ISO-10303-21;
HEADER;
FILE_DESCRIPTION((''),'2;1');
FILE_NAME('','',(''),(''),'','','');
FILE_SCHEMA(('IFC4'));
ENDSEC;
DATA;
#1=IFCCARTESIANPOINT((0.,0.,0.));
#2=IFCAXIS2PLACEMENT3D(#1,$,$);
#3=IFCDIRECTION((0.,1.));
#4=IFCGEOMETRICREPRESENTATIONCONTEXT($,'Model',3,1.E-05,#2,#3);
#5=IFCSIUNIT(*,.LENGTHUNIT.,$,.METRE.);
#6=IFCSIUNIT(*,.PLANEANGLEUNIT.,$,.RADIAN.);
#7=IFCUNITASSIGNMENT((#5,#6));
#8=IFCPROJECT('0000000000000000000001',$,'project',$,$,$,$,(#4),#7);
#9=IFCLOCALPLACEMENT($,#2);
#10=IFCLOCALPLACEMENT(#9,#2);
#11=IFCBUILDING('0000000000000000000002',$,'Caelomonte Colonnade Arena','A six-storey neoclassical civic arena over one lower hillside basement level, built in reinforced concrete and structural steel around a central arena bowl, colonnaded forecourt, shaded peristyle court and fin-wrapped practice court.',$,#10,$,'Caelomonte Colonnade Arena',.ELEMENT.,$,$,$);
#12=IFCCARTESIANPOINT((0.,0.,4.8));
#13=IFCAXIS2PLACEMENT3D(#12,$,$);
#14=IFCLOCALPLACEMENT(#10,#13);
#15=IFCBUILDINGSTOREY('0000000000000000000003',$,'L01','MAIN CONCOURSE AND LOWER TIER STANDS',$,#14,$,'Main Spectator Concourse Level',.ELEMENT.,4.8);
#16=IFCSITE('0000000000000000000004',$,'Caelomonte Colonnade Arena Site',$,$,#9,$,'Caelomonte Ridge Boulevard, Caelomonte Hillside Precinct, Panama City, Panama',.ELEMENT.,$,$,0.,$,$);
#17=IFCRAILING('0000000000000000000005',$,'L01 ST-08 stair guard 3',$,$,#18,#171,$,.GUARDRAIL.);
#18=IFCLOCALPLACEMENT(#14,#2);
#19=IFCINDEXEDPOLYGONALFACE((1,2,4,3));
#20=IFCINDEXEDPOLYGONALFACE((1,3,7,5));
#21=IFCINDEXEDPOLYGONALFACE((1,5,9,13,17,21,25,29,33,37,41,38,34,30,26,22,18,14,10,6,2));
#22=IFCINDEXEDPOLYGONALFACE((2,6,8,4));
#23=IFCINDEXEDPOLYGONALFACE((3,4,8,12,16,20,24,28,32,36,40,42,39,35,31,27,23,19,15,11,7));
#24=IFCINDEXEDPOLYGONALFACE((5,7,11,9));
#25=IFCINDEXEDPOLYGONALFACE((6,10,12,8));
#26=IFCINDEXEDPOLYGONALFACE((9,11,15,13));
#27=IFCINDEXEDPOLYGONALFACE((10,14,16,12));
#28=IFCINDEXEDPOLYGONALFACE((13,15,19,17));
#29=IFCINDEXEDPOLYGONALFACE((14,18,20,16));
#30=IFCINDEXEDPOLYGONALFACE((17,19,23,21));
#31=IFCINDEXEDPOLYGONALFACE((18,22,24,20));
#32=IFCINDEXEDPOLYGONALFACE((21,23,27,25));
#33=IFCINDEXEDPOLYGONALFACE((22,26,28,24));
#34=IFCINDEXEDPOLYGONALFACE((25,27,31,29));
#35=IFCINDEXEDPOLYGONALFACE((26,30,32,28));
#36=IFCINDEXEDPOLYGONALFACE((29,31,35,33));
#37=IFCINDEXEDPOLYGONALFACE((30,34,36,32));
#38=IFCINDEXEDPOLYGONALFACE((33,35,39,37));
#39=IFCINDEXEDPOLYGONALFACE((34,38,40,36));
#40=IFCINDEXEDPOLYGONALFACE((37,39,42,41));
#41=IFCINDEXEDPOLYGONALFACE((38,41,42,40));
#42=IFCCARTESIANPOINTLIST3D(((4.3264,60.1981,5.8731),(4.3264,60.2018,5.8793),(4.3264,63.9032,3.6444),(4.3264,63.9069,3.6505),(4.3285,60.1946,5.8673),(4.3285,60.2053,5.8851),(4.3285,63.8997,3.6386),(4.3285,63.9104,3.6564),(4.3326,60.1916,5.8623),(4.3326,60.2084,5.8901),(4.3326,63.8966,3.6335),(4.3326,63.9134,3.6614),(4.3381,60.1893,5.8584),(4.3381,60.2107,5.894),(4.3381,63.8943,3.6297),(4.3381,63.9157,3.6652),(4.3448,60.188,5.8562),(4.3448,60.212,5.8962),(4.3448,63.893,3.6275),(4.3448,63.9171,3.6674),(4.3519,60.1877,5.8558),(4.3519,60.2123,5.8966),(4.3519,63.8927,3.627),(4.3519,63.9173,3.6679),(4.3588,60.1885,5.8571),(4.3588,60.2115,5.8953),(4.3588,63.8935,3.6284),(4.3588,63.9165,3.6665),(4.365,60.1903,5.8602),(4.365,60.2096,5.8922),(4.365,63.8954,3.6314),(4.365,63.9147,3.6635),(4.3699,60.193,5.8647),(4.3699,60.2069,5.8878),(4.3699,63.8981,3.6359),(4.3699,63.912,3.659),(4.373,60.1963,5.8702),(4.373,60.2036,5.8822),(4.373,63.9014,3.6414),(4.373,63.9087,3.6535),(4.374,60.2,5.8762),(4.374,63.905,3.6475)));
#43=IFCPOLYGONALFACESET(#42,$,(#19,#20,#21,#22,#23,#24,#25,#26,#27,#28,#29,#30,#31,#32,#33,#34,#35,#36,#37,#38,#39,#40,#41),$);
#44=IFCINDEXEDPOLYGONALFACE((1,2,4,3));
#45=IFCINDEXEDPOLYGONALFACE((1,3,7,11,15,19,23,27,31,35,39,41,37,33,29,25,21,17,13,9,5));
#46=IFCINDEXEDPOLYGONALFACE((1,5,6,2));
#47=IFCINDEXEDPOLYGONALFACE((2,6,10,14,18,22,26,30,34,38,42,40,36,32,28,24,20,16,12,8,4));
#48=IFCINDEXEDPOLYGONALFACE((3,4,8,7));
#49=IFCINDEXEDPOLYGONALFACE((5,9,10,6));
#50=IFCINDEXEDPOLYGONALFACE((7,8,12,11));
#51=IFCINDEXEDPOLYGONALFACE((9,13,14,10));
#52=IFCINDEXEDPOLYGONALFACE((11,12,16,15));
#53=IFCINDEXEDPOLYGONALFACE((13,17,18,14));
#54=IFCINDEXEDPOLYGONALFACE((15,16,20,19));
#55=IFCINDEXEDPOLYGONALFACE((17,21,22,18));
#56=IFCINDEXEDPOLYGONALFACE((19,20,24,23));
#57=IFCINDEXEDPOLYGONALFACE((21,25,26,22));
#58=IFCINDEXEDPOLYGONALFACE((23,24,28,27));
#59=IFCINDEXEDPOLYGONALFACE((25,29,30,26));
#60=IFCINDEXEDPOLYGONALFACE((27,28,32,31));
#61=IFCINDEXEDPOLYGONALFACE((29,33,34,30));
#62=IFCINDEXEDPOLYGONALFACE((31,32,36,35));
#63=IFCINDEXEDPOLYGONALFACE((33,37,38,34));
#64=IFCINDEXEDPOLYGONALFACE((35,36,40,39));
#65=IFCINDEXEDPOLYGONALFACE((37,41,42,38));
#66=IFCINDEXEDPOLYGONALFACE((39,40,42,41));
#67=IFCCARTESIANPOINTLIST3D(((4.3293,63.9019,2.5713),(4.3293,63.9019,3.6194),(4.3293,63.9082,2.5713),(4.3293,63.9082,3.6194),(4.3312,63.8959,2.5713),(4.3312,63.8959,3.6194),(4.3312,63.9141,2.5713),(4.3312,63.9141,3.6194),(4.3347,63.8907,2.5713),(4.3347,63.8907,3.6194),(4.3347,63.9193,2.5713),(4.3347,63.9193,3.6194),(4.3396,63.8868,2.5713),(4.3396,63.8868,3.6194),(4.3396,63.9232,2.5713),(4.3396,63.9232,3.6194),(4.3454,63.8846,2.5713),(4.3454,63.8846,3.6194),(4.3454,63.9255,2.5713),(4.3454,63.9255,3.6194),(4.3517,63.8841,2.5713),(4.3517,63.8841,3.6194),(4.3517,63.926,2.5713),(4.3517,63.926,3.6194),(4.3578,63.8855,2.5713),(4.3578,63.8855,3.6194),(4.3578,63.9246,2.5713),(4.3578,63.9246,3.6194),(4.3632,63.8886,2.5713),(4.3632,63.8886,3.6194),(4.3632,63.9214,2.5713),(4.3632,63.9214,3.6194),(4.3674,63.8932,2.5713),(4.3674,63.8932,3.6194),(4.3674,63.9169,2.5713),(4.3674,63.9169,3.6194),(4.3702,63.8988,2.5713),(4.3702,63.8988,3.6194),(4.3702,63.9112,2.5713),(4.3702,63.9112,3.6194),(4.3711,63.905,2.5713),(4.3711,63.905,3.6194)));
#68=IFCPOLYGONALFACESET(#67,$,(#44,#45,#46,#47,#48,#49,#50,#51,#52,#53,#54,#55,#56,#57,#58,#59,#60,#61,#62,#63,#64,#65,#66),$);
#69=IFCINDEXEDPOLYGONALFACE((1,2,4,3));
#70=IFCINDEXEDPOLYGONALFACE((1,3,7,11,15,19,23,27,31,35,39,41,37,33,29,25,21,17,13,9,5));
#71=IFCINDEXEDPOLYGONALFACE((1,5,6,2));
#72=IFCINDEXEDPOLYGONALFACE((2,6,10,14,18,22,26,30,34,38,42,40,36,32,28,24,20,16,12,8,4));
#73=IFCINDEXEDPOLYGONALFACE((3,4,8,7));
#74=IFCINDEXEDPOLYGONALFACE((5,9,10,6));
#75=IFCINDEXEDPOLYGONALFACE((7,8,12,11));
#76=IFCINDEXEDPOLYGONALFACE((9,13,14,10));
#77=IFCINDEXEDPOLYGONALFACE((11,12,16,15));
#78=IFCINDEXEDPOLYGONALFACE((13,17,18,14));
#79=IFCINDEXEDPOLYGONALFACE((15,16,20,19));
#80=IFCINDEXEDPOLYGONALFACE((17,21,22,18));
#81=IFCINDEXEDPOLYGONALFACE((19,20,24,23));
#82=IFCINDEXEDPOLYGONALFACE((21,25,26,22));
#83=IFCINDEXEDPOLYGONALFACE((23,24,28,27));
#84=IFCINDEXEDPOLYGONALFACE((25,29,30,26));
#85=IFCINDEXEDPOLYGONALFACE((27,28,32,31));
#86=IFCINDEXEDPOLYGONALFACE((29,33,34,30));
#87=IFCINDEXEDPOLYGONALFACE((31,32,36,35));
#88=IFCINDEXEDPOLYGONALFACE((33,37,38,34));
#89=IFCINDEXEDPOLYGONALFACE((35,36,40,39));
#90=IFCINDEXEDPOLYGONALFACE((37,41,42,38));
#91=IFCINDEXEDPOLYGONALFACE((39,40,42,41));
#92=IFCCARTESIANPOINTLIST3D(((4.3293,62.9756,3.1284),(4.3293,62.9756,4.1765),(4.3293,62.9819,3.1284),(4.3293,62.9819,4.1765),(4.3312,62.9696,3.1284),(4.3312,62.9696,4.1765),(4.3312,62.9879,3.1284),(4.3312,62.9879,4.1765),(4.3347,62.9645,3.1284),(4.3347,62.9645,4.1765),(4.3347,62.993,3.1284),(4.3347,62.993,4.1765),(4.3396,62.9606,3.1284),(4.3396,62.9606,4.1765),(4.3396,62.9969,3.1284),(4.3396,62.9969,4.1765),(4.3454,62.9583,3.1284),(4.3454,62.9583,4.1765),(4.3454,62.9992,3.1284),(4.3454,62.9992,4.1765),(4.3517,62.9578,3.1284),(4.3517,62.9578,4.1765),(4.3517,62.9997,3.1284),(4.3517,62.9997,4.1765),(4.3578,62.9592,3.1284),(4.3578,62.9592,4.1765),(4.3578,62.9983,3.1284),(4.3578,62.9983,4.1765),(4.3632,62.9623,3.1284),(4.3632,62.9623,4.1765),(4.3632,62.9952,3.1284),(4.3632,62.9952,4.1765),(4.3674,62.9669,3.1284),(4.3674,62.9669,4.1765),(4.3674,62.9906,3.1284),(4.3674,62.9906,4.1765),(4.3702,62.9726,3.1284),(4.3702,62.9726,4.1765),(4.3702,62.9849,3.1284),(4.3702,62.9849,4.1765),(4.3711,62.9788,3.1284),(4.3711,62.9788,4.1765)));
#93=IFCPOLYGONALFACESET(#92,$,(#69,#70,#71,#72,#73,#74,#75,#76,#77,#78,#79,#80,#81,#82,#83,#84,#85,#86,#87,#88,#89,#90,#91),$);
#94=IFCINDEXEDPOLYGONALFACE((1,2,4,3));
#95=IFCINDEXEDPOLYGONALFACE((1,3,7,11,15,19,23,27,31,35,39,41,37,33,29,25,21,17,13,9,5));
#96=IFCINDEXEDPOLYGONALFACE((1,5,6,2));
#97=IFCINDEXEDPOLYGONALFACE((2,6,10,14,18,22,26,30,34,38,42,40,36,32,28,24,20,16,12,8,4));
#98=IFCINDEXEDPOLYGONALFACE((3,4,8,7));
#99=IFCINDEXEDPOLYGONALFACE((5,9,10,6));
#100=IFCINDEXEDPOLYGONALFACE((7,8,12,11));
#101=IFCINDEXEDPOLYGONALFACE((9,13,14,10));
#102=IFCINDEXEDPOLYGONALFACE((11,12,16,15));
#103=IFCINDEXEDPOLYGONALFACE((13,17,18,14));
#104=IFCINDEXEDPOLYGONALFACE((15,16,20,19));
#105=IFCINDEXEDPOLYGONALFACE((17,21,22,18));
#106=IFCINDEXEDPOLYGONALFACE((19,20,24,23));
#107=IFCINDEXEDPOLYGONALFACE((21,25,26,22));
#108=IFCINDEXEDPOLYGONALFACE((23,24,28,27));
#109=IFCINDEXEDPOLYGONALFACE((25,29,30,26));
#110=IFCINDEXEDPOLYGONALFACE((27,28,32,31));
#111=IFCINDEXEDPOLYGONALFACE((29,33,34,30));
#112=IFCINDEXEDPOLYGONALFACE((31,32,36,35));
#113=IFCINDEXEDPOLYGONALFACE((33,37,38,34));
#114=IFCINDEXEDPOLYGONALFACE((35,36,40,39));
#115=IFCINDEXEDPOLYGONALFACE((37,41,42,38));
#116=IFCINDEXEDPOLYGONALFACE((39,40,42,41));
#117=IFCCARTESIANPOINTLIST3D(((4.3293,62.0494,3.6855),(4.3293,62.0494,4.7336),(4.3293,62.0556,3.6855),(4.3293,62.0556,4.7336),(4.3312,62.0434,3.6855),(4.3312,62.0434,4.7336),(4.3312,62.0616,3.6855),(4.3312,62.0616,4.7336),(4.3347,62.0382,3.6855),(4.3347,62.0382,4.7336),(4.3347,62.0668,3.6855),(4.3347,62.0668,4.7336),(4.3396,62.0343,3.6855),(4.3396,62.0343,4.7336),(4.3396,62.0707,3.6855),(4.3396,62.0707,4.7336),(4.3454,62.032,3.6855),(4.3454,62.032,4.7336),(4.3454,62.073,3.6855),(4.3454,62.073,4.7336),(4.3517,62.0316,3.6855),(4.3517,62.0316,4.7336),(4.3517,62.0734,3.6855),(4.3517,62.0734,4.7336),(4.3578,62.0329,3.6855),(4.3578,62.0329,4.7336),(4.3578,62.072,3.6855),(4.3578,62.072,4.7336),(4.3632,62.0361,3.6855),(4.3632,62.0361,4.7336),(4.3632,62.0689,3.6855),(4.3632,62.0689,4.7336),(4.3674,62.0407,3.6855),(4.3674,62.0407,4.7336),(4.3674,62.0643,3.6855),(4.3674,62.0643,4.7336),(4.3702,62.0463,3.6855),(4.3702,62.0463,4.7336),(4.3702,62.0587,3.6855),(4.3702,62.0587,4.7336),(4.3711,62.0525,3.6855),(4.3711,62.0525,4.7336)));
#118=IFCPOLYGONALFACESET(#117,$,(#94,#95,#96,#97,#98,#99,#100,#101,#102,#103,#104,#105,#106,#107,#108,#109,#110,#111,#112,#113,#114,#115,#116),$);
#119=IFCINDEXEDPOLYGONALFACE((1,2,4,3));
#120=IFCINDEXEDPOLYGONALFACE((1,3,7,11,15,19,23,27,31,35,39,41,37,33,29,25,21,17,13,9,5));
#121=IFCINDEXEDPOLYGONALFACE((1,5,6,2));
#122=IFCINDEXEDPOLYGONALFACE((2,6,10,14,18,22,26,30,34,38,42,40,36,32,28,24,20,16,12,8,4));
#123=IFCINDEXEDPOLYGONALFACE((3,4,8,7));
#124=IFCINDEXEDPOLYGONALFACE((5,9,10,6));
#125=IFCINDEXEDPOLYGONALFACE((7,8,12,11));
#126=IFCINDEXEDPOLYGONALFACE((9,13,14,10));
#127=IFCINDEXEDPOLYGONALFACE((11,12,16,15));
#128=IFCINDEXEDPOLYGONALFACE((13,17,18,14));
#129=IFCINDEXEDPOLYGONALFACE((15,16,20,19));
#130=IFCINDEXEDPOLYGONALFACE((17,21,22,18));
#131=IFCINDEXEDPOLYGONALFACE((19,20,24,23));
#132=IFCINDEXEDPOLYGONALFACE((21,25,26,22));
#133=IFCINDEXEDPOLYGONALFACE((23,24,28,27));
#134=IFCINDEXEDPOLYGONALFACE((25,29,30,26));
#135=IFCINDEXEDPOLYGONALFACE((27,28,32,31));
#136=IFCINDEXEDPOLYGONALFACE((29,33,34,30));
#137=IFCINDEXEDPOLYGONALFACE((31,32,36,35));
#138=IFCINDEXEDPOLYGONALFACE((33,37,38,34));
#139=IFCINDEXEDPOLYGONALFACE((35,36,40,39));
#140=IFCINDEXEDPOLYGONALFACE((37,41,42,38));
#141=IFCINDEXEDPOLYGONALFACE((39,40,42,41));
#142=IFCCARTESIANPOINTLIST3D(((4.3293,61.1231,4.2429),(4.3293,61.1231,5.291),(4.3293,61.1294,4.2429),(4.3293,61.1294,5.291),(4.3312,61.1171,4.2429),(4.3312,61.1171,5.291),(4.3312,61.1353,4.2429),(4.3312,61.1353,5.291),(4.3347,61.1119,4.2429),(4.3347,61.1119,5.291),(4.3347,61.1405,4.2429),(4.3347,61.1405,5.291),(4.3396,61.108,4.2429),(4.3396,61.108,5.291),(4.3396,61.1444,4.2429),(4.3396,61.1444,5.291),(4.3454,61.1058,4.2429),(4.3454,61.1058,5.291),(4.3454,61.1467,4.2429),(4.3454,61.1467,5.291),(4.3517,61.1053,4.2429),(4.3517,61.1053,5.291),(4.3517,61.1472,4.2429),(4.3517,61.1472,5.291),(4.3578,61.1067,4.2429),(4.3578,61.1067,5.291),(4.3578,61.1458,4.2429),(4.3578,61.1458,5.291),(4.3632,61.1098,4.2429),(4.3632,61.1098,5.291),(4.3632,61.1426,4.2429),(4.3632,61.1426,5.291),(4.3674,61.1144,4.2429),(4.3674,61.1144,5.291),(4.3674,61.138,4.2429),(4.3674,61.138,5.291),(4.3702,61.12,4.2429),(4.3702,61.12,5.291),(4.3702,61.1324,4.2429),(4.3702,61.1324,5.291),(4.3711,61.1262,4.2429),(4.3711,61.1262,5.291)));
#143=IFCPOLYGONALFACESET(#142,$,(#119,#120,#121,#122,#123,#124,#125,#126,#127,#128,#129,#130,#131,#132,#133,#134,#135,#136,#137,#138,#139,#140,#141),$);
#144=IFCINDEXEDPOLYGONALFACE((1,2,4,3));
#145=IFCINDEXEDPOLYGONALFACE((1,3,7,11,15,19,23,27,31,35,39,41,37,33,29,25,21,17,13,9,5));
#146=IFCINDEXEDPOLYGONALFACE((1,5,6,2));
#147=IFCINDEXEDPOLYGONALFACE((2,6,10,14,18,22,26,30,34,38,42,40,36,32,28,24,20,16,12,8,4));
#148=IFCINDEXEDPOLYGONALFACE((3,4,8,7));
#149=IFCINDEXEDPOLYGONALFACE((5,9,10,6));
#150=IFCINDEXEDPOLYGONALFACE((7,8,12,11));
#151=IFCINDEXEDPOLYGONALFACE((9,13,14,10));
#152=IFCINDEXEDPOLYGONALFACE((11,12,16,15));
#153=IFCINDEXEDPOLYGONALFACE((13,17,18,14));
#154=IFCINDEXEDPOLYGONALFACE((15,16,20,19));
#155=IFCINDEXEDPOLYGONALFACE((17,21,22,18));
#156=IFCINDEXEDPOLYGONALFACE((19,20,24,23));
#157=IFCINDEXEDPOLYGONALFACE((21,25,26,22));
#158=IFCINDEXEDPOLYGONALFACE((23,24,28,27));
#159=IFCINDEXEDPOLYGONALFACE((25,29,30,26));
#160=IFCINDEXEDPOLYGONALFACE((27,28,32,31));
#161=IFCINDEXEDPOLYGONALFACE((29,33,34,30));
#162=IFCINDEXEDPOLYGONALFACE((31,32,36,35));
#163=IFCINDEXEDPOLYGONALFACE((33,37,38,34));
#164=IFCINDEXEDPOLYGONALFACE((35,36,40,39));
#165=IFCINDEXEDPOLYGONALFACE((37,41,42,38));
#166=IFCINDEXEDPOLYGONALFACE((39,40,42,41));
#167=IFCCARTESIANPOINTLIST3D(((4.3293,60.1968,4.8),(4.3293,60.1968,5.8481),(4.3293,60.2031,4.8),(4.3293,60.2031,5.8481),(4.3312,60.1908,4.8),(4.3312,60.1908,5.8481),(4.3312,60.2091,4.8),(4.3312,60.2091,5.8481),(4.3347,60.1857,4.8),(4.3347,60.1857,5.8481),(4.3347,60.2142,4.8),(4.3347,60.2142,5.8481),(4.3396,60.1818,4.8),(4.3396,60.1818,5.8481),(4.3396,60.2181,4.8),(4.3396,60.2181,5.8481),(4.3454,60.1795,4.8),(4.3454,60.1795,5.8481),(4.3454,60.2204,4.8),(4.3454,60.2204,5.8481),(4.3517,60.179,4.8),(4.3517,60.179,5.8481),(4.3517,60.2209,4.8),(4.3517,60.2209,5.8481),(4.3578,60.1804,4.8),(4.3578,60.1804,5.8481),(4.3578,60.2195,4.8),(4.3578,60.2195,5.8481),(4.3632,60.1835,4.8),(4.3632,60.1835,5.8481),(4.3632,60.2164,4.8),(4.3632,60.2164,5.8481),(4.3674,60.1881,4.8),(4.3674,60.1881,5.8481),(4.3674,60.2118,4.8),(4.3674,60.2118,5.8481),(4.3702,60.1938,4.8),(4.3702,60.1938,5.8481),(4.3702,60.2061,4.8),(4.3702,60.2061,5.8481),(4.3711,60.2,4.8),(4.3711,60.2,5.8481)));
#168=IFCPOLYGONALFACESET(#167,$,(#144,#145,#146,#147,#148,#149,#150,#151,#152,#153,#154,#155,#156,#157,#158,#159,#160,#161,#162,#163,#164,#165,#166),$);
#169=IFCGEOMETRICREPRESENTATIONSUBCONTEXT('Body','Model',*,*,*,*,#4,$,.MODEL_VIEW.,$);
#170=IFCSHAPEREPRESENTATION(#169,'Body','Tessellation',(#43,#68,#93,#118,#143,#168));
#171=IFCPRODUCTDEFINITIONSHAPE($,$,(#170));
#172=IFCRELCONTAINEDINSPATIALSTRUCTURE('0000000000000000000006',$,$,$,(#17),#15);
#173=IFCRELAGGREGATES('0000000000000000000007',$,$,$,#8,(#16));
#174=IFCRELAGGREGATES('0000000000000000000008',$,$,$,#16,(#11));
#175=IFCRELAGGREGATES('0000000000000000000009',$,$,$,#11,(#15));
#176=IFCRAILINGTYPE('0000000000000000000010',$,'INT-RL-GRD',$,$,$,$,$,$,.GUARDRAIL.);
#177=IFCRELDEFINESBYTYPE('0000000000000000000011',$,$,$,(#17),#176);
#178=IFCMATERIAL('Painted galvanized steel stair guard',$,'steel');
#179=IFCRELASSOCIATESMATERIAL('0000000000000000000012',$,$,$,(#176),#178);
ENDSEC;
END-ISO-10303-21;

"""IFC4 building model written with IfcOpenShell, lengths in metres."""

from ifc_helpers import new_model, si_unit, direction, frame, origin, origin_2d, place, context, subcontext, project, spatial, circle, extrude, material, type_object, element, save


model = new_model("IFC4")

# Units and contexts
model_context = context("Model", 3, precision=1e-05, world=origin(), true_north=direction((0.0, 1.0)))
body_context = subcontext(model_context, "Body", "Model", "MODEL_VIEW")
ifc_project = project(units=[si_unit("LENGTHUNIT", "METRE"), si_unit("PLANEANGLEUNIT", "RADIAN")], contexts=[model_context])

# Site, building, storey
site_placement = place(None, origin())
site = spatial("IfcSite", under=ifc_project, at=site_placement, Name="Caelomonte Colonnade Arena Site", LongName="Caelomonte Ridge Boulevard, Caelomonte Hillside Precinct, Panama City, Panama", CompositionType="ELEMENT", RefElevation=0.0)
building_placement = place(site_placement, origin())
building = spatial("IfcBuilding", under=site, at=building_placement, Name="Caelomonte Colonnade Arena", Description="A six-storey neoclassical civic arena over one lower hillside basement level, built in reinforced concrete and structural steel around a central arena bowl, colonnaded forecourt, shaded peristyle court and fin-wrapped practice court.", LongName="Caelomonte Colonnade Arena", CompositionType="ELEMENT")
storey_placement = place(building_placement, frame((0.0, 0.0, 4.8)))
storey = spatial("IfcBuildingStorey", under=building, at=storey_placement, Name="L01", Description="MAIN CONCOURSE AND LOWER TIER STANDS", LongName="Main Spectator Concourse Level", CompositionType="ELEMENT", Elevation=4.8)

# Railing
ifc_material_1 = material(Name="Painted galvanized steel stair guard", Category="steel")
railing_type_1 = type_object("IfcRailingType", Name="INT-RL-GRD", PredefinedType="GUARDRAIL", material=ifc_material_1)
railing_1_placement = place(storey_placement, frame((4.3501, 63.905, 2.5713)))
element("IfcRailing", 1, at=railing_1_placement, inside=storey, type_object=railing_type_1, Name="L01 ST-08 stair guard 3", PredefinedType="GUARDRAIL", context=body_context, shape_type="SweptSolid", body=[
    extrude(circle(Radius=0.0239, at=origin_2d()), frame((0.0, 0.0, 1.0762), z_axis=(0.0, -0.856909, 0.515467), x_axis=(1.0, 0.0, 0.0)), (0.0, 0.0, 1.0), 4.3237),
    extrude(circle(Radius=0.021, at=origin_2d()), origin(), (0.0, 0.0, 1.0), 1.0481),
    extrude(circle(Radius=0.021, at=origin_2d()), frame((0.0, -0.9263, 0.5571)), (0.0, 0.0, 1.0), 1.0481),
    extrude(circle(Radius=0.021, at=origin_2d()), frame((0.0, -1.8525, 1.1143)), (0.0, 0.0, 1.0), 1.0481),
    extrude(circle(Radius=0.021, at=origin_2d()), frame((0.0, -2.7788, 1.6716)), (0.0, 0.0, 1.0), 1.0481),
    extrude(circle(Radius=0.021, at=origin_2d()), frame((0.0, -3.7051, 2.2288)), (0.0, 0.0, 1.0), 1.0481),
])

save(model, "model.ifc")
